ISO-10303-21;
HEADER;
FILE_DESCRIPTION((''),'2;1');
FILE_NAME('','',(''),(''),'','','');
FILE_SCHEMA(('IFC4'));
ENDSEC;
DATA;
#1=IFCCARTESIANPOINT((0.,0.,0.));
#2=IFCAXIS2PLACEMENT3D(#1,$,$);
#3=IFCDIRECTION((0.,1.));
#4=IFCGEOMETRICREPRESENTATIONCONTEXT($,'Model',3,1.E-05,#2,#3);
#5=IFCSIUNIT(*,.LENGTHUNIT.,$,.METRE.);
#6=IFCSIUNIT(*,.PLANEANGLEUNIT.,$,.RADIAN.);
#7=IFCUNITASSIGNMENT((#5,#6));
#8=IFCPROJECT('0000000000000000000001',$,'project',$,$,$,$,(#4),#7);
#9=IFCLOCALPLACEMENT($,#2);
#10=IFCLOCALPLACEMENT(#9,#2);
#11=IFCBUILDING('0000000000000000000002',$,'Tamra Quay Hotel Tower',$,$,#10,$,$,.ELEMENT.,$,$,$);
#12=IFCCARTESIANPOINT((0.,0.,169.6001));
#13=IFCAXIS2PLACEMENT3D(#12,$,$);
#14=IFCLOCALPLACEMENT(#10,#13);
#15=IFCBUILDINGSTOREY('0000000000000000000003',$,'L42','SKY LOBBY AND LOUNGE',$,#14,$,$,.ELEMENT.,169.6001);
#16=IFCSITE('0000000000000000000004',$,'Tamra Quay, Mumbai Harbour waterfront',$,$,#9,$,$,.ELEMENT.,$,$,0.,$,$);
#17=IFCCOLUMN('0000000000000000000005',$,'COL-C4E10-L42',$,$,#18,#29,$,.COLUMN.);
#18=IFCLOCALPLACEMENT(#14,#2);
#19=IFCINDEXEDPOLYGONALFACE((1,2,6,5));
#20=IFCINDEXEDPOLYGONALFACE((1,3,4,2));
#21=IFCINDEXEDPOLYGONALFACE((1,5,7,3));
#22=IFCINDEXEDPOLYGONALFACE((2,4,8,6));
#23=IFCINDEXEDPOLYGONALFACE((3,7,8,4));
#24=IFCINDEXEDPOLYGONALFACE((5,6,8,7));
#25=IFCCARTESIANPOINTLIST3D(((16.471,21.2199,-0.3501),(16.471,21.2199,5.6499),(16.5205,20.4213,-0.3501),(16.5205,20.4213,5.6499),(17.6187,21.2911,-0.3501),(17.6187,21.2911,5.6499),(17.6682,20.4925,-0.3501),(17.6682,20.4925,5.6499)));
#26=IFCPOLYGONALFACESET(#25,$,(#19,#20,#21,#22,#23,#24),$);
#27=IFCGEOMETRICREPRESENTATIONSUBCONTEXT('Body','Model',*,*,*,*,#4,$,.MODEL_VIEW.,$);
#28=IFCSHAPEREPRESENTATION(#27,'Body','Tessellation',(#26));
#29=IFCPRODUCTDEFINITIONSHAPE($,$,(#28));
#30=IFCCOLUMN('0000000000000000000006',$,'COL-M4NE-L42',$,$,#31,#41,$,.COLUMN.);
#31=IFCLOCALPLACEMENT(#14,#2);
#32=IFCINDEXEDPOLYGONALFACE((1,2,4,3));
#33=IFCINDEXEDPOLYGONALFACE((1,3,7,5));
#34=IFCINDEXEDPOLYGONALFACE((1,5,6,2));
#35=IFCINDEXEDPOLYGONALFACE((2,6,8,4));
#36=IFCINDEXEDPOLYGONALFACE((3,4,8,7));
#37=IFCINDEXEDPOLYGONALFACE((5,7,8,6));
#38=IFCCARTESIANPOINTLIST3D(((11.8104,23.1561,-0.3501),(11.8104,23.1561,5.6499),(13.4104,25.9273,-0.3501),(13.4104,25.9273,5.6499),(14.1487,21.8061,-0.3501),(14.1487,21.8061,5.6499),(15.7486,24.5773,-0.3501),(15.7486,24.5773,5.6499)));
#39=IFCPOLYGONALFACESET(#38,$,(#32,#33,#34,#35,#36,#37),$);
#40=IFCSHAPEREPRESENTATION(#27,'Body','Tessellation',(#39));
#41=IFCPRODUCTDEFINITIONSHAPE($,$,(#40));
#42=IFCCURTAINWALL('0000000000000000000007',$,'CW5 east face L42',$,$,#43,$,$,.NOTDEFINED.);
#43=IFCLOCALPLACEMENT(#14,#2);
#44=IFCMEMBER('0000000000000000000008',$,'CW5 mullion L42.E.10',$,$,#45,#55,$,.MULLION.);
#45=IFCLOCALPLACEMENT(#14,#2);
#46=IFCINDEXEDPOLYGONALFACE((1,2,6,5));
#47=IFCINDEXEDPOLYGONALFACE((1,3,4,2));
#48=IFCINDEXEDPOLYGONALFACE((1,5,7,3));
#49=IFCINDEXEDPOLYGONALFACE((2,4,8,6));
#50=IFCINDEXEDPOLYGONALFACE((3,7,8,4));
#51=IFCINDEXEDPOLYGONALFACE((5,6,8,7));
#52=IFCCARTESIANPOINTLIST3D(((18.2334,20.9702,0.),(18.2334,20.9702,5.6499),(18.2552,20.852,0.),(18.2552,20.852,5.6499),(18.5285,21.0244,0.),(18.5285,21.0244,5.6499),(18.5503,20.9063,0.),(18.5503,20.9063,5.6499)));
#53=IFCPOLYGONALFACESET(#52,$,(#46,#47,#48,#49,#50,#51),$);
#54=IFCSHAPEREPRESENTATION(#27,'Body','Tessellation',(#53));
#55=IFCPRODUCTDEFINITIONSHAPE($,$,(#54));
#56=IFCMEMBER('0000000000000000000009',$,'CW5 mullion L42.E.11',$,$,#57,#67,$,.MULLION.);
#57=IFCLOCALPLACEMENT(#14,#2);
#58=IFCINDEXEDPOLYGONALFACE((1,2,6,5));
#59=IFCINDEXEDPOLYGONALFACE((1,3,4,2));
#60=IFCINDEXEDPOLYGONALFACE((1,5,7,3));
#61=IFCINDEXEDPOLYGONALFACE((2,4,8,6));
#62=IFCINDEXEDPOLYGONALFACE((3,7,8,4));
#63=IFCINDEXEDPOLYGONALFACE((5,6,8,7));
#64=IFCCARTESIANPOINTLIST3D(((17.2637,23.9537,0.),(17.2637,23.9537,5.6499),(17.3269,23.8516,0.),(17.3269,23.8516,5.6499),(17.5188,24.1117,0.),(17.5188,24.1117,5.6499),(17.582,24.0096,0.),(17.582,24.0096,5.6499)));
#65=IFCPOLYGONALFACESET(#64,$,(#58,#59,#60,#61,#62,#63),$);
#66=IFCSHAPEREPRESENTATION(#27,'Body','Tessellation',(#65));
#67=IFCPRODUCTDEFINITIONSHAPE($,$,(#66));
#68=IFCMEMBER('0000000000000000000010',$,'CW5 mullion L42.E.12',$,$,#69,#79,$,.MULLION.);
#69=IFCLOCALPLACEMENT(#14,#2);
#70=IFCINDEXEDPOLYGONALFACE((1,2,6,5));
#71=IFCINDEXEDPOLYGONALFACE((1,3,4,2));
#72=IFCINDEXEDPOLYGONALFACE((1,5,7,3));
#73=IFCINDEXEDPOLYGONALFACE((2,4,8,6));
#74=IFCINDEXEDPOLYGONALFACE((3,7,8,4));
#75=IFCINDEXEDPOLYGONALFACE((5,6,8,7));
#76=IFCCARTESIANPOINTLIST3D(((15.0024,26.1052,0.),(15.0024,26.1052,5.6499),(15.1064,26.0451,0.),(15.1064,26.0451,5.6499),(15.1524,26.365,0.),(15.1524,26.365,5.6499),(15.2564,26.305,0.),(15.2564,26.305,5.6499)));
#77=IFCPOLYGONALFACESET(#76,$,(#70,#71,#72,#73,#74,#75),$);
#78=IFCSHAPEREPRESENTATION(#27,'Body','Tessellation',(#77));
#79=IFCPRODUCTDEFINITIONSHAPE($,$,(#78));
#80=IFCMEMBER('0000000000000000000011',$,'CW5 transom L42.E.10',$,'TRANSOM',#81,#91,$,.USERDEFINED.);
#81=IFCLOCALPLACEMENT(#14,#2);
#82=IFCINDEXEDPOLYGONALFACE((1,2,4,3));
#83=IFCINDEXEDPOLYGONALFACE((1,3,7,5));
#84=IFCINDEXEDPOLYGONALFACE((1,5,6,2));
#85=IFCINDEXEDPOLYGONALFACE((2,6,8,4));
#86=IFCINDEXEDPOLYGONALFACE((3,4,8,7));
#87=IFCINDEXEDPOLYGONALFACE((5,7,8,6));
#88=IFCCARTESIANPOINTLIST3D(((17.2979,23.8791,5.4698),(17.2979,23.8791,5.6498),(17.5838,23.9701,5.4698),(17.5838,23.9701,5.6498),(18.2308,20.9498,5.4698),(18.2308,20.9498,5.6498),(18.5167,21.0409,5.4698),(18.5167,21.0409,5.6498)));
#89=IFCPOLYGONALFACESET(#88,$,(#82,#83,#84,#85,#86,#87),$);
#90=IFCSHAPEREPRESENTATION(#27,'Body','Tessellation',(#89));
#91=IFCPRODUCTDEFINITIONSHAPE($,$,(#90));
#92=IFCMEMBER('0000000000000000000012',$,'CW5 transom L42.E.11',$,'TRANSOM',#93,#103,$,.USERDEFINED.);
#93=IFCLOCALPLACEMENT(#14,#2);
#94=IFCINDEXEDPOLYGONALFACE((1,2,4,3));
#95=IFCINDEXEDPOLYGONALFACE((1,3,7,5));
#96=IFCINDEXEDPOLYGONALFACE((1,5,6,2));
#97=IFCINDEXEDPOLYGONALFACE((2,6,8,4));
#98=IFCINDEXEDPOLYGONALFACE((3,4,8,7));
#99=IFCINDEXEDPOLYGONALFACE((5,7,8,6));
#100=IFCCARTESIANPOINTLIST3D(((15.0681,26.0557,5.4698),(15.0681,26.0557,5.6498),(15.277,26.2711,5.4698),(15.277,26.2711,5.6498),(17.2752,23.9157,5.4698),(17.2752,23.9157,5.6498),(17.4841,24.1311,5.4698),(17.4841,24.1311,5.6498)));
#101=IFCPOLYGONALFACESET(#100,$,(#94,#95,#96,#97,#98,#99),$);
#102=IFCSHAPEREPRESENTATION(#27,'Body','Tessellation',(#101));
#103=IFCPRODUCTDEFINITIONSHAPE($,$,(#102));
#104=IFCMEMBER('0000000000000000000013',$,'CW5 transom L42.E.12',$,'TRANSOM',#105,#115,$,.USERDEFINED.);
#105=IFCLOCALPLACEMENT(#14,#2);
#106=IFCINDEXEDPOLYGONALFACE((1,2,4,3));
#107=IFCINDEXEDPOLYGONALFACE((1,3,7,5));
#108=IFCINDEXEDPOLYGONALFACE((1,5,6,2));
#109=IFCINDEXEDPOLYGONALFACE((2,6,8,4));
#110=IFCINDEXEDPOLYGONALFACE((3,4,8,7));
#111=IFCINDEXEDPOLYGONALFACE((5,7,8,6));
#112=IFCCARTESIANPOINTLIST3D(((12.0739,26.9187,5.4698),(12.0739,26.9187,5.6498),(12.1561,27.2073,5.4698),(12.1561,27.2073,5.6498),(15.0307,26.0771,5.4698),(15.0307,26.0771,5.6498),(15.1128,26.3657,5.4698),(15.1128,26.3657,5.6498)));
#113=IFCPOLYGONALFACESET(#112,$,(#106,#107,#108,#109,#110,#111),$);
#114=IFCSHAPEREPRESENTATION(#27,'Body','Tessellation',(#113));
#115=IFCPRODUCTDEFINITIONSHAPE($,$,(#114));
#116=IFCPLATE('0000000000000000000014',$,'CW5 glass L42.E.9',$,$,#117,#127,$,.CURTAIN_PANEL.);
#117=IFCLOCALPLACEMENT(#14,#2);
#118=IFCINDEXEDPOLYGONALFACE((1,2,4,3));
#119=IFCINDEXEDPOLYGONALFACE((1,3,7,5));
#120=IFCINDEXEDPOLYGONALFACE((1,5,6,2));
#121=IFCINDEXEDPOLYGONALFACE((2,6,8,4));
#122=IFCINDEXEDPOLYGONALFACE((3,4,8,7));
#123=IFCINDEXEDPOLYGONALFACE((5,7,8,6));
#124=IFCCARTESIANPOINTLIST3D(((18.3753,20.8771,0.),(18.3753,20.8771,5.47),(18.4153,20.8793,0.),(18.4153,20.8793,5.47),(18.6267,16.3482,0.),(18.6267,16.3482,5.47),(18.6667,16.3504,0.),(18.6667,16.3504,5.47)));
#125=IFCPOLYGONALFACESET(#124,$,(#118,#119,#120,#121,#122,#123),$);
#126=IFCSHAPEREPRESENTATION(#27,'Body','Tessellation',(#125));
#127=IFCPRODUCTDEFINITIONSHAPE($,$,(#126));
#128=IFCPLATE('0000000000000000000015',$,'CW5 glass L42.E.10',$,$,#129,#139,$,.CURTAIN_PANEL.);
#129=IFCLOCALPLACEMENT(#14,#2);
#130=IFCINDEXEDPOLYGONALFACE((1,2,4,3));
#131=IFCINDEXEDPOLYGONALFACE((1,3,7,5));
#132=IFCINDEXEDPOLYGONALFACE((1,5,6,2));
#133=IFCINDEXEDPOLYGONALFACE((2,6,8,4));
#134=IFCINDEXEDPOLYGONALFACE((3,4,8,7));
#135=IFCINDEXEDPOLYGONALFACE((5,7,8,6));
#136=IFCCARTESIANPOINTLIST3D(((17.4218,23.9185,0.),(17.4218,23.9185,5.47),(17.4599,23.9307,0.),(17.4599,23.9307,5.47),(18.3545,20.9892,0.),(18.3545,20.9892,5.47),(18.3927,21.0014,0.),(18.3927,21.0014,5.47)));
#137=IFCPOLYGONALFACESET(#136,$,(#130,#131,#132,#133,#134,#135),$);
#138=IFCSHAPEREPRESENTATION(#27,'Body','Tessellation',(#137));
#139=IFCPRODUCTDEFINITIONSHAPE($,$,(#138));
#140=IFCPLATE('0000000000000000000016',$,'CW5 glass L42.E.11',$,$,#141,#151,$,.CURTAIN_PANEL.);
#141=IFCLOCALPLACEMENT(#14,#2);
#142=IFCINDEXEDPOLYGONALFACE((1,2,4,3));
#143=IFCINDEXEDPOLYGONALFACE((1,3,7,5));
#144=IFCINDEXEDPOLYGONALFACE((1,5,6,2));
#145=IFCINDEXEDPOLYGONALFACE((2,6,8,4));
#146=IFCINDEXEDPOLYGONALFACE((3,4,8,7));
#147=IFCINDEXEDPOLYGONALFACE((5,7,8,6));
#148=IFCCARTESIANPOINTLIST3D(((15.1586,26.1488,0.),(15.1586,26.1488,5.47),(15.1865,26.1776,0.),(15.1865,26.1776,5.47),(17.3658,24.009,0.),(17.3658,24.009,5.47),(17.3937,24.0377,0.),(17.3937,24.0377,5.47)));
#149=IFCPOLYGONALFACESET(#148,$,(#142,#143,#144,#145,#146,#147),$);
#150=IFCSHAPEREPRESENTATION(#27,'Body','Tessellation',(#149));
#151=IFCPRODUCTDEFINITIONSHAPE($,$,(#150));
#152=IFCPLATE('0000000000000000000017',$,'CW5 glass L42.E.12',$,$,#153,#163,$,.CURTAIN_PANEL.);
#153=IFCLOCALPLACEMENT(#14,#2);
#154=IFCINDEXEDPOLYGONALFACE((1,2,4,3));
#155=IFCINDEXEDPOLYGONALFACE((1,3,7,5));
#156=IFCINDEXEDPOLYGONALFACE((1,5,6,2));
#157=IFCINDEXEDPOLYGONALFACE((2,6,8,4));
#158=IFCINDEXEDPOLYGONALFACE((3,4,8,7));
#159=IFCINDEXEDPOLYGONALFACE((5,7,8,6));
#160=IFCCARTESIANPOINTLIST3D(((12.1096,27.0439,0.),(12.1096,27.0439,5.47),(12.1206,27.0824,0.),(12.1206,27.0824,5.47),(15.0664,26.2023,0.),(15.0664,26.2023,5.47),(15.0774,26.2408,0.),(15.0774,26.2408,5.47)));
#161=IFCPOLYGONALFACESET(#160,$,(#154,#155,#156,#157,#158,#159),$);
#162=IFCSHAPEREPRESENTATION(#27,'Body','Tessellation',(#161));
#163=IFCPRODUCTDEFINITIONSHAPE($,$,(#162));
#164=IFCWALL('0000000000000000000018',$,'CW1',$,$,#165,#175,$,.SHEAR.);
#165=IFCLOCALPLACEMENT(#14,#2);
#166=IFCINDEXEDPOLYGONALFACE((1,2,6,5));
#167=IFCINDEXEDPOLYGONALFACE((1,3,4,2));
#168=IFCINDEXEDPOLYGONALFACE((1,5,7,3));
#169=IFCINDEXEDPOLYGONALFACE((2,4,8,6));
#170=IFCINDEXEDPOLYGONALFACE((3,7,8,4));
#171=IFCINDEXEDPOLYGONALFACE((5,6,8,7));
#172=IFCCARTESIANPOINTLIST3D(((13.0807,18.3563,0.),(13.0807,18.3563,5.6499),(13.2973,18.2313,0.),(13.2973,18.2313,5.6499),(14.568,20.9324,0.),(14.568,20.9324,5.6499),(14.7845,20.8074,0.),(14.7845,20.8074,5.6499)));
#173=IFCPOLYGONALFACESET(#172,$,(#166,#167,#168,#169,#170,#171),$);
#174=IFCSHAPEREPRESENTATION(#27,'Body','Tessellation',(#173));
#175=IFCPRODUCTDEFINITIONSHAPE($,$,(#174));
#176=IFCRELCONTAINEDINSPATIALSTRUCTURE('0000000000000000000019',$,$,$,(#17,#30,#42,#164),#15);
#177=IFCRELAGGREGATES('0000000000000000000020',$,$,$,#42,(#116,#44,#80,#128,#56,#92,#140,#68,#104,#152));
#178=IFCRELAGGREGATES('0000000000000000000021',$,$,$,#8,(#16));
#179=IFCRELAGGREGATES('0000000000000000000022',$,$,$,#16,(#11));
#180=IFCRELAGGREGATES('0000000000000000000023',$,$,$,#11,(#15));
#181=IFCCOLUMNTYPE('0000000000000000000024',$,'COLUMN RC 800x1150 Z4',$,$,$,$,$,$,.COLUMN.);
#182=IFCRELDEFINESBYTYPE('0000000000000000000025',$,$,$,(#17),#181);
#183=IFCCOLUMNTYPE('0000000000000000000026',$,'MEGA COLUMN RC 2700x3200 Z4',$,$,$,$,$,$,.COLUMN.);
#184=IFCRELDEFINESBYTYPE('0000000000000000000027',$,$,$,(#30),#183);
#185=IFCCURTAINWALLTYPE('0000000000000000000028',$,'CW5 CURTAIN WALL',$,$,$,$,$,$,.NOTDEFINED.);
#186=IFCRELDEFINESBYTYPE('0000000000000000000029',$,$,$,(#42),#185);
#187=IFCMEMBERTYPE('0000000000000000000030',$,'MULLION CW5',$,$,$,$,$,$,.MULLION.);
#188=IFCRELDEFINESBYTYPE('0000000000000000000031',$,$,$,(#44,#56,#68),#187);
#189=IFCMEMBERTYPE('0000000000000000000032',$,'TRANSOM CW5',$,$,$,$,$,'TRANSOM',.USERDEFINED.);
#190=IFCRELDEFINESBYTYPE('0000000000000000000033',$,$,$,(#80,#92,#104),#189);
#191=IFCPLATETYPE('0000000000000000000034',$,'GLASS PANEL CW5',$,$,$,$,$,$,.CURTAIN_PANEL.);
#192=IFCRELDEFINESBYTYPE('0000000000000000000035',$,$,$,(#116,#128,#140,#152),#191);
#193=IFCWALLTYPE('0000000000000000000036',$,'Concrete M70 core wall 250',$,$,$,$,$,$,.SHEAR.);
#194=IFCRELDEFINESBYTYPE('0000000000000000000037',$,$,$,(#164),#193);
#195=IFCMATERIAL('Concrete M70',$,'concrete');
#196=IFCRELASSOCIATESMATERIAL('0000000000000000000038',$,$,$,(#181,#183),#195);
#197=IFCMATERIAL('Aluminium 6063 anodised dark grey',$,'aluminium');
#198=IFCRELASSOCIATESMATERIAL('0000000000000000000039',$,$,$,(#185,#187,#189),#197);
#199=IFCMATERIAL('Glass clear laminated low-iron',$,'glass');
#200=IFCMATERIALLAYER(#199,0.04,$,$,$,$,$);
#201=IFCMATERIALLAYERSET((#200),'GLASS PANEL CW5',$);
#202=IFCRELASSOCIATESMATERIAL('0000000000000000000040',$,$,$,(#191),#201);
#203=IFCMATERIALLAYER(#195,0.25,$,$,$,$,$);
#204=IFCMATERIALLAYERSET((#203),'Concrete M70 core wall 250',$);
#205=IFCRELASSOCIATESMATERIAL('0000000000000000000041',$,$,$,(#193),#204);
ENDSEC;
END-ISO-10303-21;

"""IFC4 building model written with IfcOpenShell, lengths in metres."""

from ifc_helpers import new_model, si_unit, direction, frame, frame_2d, origin, origin_2d, place, context, subcontext, project, spatial, rectangle, extrude, material, layer, layer_set, material_profile, profile_set, type_object, element, aggregate, save


model = new_model("IFC4")

# Units and contexts
model_context = context("Model", 3, precision=1e-05, world=origin(), true_north=direction((0.0, 1.0)))
body_context = subcontext(model_context, "Body", "Model", "MODEL_VIEW")
ifc_project = project(units=[si_unit("LENGTHUNIT", "METRE"), si_unit("PLANEANGLEUNIT", "RADIAN")], contexts=[model_context])

# Site, building, storey
site_placement = place(None, origin())
site = spatial("IfcSite", under=ifc_project, at=site_placement, Name="Tamra Quay, Mumbai Harbour waterfront", CompositionType="ELEMENT", RefElevation=0.0)
building_placement = place(site_placement, origin())
building = spatial("IfcBuilding", under=site, at=building_placement, Name="Tamra Quay Hotel Tower", CompositionType="ELEMENT")
storey_placement = place(building_placement, frame((0.0, 0.0, 169.6001)))
storey = spatial("IfcBuildingStorey", under=building, at=storey_placement, Name="L42", Description="SKY LOBBY AND LOUNGE", CompositionType="ELEMENT", Elevation=169.6001)

# Columns
ifc_material_1 = material(Name="Concrete M70", Category="concrete")
ifc_material_profile_1 = material_profile(ifc_material_1, rectangle(XDim=1.1499, YDim=0.8, at=origin_2d()), Name="COLUMN RC 800x1150 Z4")
ifc_profile_set_1 = profile_set([ifc_material_profile_1], Name="Concrete M70")
column_type_1 = type_object("IfcColumnType", Name="COLUMN RC 800x1150 Z4", PredefinedType="COLUMN", material=ifc_profile_set_1)
column_1_placement = place(storey_placement, frame((17.0696, 20.8562, -0.3501), z_axis=(0.0, 0.0, 1.0), x_axis=(0.998081, 0.061921, 0.0)))
element("IfcColumn", 1, at=column_1_placement, inside=storey, type_object=column_type_1, Name="COL-C4E10-L42", PredefinedType="COLUMN", context=body_context, shape_type="SweptSolid", body=[
    extrude(rectangle(XDim=1.1499, YDim=0.8, at=origin_2d()), origin(), (0.0, 0.0, 1.0), 6.0),
])
ifc_material_profile_2 = material_profile(ifc_material_1, rectangle(XDim=3.2, YDim=2.7, at=origin_2d()), Name="MEGA COLUMN RC 2700x3200 Z4")
ifc_profile_set_2 = profile_set([ifc_material_profile_2], Name="Concrete M70")
column_type_2 = type_object("IfcColumnType", Name="MEGA COLUMN RC 2700x3200 Z4", PredefinedType="COLUMN", material=ifc_profile_set_2)
column_2_placement = place(storey_placement, frame((13.7795, 23.8667, -0.3501), z_axis=(0.0, 0.0, 1.0), x_axis=(0.5, 0.866025, 0.0)))
element("IfcColumn", 2, at=column_2_placement, inside=storey, type_object=column_type_2, Name="COL-M4NE-L42", PredefinedType="COLUMN", context=body_context, shape_type="SweptSolid", body=[
    extrude(rectangle(XDim=3.2, YDim=2.7, at=origin_2d()), origin(), (0.0, 0.0, 1.0), 6.0),
])

# Curtain wall, members, plates
ifc_material_2 = material(Name="Aluminium 6063 anodised dark grey", Category="aluminium")
curtain_wall_type = type_object("IfcCurtainWallType", Name="CW5 CURTAIN WALL", PredefinedType="NOTDEFINED", material=ifc_material_2)
curtain_wall_placement = place(storey_placement, origin())
curtain_wall = element("IfcCurtainWall", 3, at=curtain_wall_placement, inside=storey, type_object=curtain_wall_type, Name="CW5 east face L42", PredefinedType="NOTDEFINED")
ifc_material_profile_3 = material_profile(ifc_material_2, rectangle(XDim=0.3, YDim=0.1201, at=origin_2d()), Name="MULLION 120X300")
ifc_profile_set_3 = profile_set([ifc_material_profile_3], Name="Aluminium 6063 anodised dark grey")
member_type_1 = type_object("IfcMemberType", Name="MULLION CW5", PredefinedType="MULLION", material=ifc_profile_set_3)
member_1_placement = place(storey_placement, frame((18.3918, 20.9382, 0.0), z_axis=(0.0, 0.0, 1.0), x_axis=(0.983509, 0.180857, 0.0)))
member_1 = element("IfcMember", 4, at=member_1_placement, type_object=member_type_1, Name="CW5 mullion L42.E.10", PredefinedType="MULLION", context=body_context, shape_type="SweptSolid", body=[
    extrude(rectangle(XDim=0.3, YDim=0.1201, at=origin_2d()), origin(), (0.0, 0.0, 1.0), 5.6499),
])
member_2_placement = place(storey_placement, frame((17.4229, 23.9817, 0.0), z_axis=(0.0, 0.0, 1.0), x_axis=(0.850122, 0.526586, 0.0)))
member_2 = element("IfcMember", 5, at=member_2_placement, type_object=member_type_1, Name="CW5 mullion L42.E.11", PredefinedType="MULLION", context=body_context, shape_type="SweptSolid", body=[
    extrude(rectangle(XDim=0.3, YDim=0.1201, at=origin_2d()), origin(), (0.0, 0.0, 1.0), 5.6499),
])
member_3_placement = place(storey_placement, frame((15.1294, 26.2051, 0.0), z_axis=(0.0, 0.0, 1.0), x_axis=(0.5, 0.866025, 0.0)))
member_3 = element("IfcMember", 6, at=member_3_placement, type_object=member_type_1, Name="CW5 mullion L42.E.12", PredefinedType="MULLION", context=body_context, shape_type="SweptSolid", body=[
    extrude(rectangle(XDim=0.3, YDim=0.1201, at=origin_2d()), origin(), (0.0, 0.0, 1.0), 5.6499),
])
ifc_material_profile_4 = material_profile(ifc_material_2, rectangle(XDim=0.3, YDim=0.1799, at=origin_2d()), Name="TRANSOM 300X180")
ifc_profile_set_4 = profile_set([ifc_material_profile_4], Name="Aluminium 6063 anodised dark grey")
member_type_2 = type_object("IfcMemberType", Name="TRANSOM CW5", ElementType="TRANSOM", PredefinedType="USERDEFINED", material=ifc_profile_set_4)
member_4_placement = place(storey_placement, frame((18.3738, 20.9954, 5.5598), z_axis=(-0.303453, 0.952846, 0.0), x_axis=(-0.952846, -0.303453, 0.0)))
member_4 = element("IfcMember", 7, at=member_4_placement, type_object=member_type_2, Name="CW5 transom L42.E.10", ObjectType="TRANSOM", PredefinedType="USERDEFINED", context=body_context, shape_type="SweptSolid", body=[
    extrude(rectangle(XDim=0.3, YDim=0.1799, at=origin_2d()), origin(), (0.0, 0.0, 1.0), 3.0742),
])
member_5_placement = place(storey_placement, frame((17.3796, 24.0234, 5.5598), z_axis=(-0.717942, 0.696102, 0.0), x_axis=(-0.696102, -0.717942, 0.0)))
member_5 = element("IfcMember", 8, at=member_5_placement, type_object=member_type_2, Name="CW5 transom L42.E.11", ObjectType="TRANSOM", PredefinedType="USERDEFINED", context=body_context, shape_type="SweptSolid", body=[
    extrude(rectangle(XDim=0.3, YDim=0.1799, at=origin_2d()), origin(), (0.0, 0.0, 1.0), 3.0742),
])
member_6_placement = place(storey_placement, frame((15.0718, 26.2214, 5.5598), z_axis=(-0.961802, 0.273746, 0.0), x_axis=(-0.273746, -0.961802, 0.0)))
member_6 = element("IfcMember", 9, at=member_6_placement, type_object=member_type_2, Name="CW5 transom L42.E.12", ObjectType="TRANSOM", PredefinedType="USERDEFINED", context=body_context, shape_type="SweptSolid", body=[
    extrude(rectangle(XDim=0.3, YDim=0.1799, at=origin_2d()), origin(), (0.0, 0.0, 1.0), 3.0742),
])
ifc_material_3 = material(Name="Glass clear laminated low-iron", Category="glass")
ifc_layer_1 = layer(ifc_material_3, 0.04)
ifc_layer_set_1 = layer_set([ifc_layer_1], Name="GLASS PANEL CW5")
plate_type = type_object("IfcPlateType", Name="GLASS PANEL CW5", PredefinedType="CURTAIN_PANEL", material=ifc_layer_set_1)
plate_1_placement = place(storey_placement, frame((18.521, 18.6138, 0.0), z_axis=(0.0, 0.0, 1.0), x_axis=(-0.055417, 0.998463, 0.0)))
plate_1 = element("IfcPlate", 10, at=plate_1_placement, type_object=plate_type, Name="CW5 glass L42.E.9", PredefinedType="CURTAIN_PANEL", context=body_context, shape_type="SweptSolid", body=[
    extrude(rectangle(XDim=4.5359, YDim=0.04, at=origin_2d()), origin(), (0.0, 0.0, 1.0), 5.47),
])
plate_2_placement = place(storey_placement, frame((17.9072, 22.46, 0.0), z_axis=(0.0, 0.0, 1.0), x_axis=(-0.30341, 0.95286, 0.0)))
plate_2 = element("IfcPlate", 11, at=plate_2_placement, type_object=plate_type, Name="CW5 glass L42.E.10", PredefinedType="CURTAIN_PANEL", context=body_context, shape_type="SweptSolid", body=[
    extrude(rectangle(XDim=3.0742, YDim=0.04, at=origin_2d()), origin(), (0.0, 0.0, 1.0), 5.47),
])
plate_3_placement = place(storey_placement, frame((16.2761, 25.0933, 0.0), z_axis=(0.0, 0.0, 1.0), x_axis=(-0.717975, 0.696069, 0.0)))
plate_3 = element("IfcPlate", 12, at=plate_3_placement, type_object=plate_type, Name="CW5 glass L42.E.11", PredefinedType="CURTAIN_PANEL", context=body_context, shape_type="SweptSolid", body=[
    extrude(rectangle(XDim=3.0742, YDim=0.04, at=origin_2d()), origin(), (0.0, 0.0, 1.0), 5.47),
])
plate_4_placement = place(storey_placement, frame((13.5935, 26.6423, 0.0), z_axis=(0.0, 0.0, 1.0), x_axis=(-0.961801, 0.27375, 0.0)))
plate_4 = element("IfcPlate", 13, at=plate_4_placement, type_object=plate_type, Name="CW5 glass L42.E.12", PredefinedType="CURTAIN_PANEL", context=body_context, shape_type="SweptSolid", body=[
    extrude(rectangle(XDim=3.0742, YDim=0.04, at=origin_2d()), origin(), (0.0, 0.0, 1.0), 5.47),
])
aggregate(curtain_wall, [plate_1, member_1, member_4, plate_2, member_2, member_5, plate_3, member_3, member_6, plate_4])

# Wall
ifc_layer_2 = layer(ifc_material_1, 0.25)
ifc_layer_set_2 = layer_set([ifc_layer_2], Name="Concrete M70 core wall 250")
wall_type_1 = type_object("IfcWallType", Name="Concrete M70 core wall 250", PredefinedType="SHEAR", material=ifc_layer_set_2)
wall_1_placement = place(storey_placement, frame((14.6763, 20.8699, 0.0), z_axis=(0.0, 0.0, 1.0), x_axis=(-0.499988, -0.866033, 0.0)))
element("IfcWall", 14, at=wall_1_placement, inside=storey, type_object=wall_type_1, Name="CW1", PredefinedType="SHEAR", context=body_context, shape_type="SweptSolid", body=[
    extrude(rectangle(XDim=2.9746, YDim=0.25, at=frame_2d((1.4873, 0.0))), origin(), (0.0, 0.0, 1.0), 5.6499),
])

save(model, "model.ifc")
